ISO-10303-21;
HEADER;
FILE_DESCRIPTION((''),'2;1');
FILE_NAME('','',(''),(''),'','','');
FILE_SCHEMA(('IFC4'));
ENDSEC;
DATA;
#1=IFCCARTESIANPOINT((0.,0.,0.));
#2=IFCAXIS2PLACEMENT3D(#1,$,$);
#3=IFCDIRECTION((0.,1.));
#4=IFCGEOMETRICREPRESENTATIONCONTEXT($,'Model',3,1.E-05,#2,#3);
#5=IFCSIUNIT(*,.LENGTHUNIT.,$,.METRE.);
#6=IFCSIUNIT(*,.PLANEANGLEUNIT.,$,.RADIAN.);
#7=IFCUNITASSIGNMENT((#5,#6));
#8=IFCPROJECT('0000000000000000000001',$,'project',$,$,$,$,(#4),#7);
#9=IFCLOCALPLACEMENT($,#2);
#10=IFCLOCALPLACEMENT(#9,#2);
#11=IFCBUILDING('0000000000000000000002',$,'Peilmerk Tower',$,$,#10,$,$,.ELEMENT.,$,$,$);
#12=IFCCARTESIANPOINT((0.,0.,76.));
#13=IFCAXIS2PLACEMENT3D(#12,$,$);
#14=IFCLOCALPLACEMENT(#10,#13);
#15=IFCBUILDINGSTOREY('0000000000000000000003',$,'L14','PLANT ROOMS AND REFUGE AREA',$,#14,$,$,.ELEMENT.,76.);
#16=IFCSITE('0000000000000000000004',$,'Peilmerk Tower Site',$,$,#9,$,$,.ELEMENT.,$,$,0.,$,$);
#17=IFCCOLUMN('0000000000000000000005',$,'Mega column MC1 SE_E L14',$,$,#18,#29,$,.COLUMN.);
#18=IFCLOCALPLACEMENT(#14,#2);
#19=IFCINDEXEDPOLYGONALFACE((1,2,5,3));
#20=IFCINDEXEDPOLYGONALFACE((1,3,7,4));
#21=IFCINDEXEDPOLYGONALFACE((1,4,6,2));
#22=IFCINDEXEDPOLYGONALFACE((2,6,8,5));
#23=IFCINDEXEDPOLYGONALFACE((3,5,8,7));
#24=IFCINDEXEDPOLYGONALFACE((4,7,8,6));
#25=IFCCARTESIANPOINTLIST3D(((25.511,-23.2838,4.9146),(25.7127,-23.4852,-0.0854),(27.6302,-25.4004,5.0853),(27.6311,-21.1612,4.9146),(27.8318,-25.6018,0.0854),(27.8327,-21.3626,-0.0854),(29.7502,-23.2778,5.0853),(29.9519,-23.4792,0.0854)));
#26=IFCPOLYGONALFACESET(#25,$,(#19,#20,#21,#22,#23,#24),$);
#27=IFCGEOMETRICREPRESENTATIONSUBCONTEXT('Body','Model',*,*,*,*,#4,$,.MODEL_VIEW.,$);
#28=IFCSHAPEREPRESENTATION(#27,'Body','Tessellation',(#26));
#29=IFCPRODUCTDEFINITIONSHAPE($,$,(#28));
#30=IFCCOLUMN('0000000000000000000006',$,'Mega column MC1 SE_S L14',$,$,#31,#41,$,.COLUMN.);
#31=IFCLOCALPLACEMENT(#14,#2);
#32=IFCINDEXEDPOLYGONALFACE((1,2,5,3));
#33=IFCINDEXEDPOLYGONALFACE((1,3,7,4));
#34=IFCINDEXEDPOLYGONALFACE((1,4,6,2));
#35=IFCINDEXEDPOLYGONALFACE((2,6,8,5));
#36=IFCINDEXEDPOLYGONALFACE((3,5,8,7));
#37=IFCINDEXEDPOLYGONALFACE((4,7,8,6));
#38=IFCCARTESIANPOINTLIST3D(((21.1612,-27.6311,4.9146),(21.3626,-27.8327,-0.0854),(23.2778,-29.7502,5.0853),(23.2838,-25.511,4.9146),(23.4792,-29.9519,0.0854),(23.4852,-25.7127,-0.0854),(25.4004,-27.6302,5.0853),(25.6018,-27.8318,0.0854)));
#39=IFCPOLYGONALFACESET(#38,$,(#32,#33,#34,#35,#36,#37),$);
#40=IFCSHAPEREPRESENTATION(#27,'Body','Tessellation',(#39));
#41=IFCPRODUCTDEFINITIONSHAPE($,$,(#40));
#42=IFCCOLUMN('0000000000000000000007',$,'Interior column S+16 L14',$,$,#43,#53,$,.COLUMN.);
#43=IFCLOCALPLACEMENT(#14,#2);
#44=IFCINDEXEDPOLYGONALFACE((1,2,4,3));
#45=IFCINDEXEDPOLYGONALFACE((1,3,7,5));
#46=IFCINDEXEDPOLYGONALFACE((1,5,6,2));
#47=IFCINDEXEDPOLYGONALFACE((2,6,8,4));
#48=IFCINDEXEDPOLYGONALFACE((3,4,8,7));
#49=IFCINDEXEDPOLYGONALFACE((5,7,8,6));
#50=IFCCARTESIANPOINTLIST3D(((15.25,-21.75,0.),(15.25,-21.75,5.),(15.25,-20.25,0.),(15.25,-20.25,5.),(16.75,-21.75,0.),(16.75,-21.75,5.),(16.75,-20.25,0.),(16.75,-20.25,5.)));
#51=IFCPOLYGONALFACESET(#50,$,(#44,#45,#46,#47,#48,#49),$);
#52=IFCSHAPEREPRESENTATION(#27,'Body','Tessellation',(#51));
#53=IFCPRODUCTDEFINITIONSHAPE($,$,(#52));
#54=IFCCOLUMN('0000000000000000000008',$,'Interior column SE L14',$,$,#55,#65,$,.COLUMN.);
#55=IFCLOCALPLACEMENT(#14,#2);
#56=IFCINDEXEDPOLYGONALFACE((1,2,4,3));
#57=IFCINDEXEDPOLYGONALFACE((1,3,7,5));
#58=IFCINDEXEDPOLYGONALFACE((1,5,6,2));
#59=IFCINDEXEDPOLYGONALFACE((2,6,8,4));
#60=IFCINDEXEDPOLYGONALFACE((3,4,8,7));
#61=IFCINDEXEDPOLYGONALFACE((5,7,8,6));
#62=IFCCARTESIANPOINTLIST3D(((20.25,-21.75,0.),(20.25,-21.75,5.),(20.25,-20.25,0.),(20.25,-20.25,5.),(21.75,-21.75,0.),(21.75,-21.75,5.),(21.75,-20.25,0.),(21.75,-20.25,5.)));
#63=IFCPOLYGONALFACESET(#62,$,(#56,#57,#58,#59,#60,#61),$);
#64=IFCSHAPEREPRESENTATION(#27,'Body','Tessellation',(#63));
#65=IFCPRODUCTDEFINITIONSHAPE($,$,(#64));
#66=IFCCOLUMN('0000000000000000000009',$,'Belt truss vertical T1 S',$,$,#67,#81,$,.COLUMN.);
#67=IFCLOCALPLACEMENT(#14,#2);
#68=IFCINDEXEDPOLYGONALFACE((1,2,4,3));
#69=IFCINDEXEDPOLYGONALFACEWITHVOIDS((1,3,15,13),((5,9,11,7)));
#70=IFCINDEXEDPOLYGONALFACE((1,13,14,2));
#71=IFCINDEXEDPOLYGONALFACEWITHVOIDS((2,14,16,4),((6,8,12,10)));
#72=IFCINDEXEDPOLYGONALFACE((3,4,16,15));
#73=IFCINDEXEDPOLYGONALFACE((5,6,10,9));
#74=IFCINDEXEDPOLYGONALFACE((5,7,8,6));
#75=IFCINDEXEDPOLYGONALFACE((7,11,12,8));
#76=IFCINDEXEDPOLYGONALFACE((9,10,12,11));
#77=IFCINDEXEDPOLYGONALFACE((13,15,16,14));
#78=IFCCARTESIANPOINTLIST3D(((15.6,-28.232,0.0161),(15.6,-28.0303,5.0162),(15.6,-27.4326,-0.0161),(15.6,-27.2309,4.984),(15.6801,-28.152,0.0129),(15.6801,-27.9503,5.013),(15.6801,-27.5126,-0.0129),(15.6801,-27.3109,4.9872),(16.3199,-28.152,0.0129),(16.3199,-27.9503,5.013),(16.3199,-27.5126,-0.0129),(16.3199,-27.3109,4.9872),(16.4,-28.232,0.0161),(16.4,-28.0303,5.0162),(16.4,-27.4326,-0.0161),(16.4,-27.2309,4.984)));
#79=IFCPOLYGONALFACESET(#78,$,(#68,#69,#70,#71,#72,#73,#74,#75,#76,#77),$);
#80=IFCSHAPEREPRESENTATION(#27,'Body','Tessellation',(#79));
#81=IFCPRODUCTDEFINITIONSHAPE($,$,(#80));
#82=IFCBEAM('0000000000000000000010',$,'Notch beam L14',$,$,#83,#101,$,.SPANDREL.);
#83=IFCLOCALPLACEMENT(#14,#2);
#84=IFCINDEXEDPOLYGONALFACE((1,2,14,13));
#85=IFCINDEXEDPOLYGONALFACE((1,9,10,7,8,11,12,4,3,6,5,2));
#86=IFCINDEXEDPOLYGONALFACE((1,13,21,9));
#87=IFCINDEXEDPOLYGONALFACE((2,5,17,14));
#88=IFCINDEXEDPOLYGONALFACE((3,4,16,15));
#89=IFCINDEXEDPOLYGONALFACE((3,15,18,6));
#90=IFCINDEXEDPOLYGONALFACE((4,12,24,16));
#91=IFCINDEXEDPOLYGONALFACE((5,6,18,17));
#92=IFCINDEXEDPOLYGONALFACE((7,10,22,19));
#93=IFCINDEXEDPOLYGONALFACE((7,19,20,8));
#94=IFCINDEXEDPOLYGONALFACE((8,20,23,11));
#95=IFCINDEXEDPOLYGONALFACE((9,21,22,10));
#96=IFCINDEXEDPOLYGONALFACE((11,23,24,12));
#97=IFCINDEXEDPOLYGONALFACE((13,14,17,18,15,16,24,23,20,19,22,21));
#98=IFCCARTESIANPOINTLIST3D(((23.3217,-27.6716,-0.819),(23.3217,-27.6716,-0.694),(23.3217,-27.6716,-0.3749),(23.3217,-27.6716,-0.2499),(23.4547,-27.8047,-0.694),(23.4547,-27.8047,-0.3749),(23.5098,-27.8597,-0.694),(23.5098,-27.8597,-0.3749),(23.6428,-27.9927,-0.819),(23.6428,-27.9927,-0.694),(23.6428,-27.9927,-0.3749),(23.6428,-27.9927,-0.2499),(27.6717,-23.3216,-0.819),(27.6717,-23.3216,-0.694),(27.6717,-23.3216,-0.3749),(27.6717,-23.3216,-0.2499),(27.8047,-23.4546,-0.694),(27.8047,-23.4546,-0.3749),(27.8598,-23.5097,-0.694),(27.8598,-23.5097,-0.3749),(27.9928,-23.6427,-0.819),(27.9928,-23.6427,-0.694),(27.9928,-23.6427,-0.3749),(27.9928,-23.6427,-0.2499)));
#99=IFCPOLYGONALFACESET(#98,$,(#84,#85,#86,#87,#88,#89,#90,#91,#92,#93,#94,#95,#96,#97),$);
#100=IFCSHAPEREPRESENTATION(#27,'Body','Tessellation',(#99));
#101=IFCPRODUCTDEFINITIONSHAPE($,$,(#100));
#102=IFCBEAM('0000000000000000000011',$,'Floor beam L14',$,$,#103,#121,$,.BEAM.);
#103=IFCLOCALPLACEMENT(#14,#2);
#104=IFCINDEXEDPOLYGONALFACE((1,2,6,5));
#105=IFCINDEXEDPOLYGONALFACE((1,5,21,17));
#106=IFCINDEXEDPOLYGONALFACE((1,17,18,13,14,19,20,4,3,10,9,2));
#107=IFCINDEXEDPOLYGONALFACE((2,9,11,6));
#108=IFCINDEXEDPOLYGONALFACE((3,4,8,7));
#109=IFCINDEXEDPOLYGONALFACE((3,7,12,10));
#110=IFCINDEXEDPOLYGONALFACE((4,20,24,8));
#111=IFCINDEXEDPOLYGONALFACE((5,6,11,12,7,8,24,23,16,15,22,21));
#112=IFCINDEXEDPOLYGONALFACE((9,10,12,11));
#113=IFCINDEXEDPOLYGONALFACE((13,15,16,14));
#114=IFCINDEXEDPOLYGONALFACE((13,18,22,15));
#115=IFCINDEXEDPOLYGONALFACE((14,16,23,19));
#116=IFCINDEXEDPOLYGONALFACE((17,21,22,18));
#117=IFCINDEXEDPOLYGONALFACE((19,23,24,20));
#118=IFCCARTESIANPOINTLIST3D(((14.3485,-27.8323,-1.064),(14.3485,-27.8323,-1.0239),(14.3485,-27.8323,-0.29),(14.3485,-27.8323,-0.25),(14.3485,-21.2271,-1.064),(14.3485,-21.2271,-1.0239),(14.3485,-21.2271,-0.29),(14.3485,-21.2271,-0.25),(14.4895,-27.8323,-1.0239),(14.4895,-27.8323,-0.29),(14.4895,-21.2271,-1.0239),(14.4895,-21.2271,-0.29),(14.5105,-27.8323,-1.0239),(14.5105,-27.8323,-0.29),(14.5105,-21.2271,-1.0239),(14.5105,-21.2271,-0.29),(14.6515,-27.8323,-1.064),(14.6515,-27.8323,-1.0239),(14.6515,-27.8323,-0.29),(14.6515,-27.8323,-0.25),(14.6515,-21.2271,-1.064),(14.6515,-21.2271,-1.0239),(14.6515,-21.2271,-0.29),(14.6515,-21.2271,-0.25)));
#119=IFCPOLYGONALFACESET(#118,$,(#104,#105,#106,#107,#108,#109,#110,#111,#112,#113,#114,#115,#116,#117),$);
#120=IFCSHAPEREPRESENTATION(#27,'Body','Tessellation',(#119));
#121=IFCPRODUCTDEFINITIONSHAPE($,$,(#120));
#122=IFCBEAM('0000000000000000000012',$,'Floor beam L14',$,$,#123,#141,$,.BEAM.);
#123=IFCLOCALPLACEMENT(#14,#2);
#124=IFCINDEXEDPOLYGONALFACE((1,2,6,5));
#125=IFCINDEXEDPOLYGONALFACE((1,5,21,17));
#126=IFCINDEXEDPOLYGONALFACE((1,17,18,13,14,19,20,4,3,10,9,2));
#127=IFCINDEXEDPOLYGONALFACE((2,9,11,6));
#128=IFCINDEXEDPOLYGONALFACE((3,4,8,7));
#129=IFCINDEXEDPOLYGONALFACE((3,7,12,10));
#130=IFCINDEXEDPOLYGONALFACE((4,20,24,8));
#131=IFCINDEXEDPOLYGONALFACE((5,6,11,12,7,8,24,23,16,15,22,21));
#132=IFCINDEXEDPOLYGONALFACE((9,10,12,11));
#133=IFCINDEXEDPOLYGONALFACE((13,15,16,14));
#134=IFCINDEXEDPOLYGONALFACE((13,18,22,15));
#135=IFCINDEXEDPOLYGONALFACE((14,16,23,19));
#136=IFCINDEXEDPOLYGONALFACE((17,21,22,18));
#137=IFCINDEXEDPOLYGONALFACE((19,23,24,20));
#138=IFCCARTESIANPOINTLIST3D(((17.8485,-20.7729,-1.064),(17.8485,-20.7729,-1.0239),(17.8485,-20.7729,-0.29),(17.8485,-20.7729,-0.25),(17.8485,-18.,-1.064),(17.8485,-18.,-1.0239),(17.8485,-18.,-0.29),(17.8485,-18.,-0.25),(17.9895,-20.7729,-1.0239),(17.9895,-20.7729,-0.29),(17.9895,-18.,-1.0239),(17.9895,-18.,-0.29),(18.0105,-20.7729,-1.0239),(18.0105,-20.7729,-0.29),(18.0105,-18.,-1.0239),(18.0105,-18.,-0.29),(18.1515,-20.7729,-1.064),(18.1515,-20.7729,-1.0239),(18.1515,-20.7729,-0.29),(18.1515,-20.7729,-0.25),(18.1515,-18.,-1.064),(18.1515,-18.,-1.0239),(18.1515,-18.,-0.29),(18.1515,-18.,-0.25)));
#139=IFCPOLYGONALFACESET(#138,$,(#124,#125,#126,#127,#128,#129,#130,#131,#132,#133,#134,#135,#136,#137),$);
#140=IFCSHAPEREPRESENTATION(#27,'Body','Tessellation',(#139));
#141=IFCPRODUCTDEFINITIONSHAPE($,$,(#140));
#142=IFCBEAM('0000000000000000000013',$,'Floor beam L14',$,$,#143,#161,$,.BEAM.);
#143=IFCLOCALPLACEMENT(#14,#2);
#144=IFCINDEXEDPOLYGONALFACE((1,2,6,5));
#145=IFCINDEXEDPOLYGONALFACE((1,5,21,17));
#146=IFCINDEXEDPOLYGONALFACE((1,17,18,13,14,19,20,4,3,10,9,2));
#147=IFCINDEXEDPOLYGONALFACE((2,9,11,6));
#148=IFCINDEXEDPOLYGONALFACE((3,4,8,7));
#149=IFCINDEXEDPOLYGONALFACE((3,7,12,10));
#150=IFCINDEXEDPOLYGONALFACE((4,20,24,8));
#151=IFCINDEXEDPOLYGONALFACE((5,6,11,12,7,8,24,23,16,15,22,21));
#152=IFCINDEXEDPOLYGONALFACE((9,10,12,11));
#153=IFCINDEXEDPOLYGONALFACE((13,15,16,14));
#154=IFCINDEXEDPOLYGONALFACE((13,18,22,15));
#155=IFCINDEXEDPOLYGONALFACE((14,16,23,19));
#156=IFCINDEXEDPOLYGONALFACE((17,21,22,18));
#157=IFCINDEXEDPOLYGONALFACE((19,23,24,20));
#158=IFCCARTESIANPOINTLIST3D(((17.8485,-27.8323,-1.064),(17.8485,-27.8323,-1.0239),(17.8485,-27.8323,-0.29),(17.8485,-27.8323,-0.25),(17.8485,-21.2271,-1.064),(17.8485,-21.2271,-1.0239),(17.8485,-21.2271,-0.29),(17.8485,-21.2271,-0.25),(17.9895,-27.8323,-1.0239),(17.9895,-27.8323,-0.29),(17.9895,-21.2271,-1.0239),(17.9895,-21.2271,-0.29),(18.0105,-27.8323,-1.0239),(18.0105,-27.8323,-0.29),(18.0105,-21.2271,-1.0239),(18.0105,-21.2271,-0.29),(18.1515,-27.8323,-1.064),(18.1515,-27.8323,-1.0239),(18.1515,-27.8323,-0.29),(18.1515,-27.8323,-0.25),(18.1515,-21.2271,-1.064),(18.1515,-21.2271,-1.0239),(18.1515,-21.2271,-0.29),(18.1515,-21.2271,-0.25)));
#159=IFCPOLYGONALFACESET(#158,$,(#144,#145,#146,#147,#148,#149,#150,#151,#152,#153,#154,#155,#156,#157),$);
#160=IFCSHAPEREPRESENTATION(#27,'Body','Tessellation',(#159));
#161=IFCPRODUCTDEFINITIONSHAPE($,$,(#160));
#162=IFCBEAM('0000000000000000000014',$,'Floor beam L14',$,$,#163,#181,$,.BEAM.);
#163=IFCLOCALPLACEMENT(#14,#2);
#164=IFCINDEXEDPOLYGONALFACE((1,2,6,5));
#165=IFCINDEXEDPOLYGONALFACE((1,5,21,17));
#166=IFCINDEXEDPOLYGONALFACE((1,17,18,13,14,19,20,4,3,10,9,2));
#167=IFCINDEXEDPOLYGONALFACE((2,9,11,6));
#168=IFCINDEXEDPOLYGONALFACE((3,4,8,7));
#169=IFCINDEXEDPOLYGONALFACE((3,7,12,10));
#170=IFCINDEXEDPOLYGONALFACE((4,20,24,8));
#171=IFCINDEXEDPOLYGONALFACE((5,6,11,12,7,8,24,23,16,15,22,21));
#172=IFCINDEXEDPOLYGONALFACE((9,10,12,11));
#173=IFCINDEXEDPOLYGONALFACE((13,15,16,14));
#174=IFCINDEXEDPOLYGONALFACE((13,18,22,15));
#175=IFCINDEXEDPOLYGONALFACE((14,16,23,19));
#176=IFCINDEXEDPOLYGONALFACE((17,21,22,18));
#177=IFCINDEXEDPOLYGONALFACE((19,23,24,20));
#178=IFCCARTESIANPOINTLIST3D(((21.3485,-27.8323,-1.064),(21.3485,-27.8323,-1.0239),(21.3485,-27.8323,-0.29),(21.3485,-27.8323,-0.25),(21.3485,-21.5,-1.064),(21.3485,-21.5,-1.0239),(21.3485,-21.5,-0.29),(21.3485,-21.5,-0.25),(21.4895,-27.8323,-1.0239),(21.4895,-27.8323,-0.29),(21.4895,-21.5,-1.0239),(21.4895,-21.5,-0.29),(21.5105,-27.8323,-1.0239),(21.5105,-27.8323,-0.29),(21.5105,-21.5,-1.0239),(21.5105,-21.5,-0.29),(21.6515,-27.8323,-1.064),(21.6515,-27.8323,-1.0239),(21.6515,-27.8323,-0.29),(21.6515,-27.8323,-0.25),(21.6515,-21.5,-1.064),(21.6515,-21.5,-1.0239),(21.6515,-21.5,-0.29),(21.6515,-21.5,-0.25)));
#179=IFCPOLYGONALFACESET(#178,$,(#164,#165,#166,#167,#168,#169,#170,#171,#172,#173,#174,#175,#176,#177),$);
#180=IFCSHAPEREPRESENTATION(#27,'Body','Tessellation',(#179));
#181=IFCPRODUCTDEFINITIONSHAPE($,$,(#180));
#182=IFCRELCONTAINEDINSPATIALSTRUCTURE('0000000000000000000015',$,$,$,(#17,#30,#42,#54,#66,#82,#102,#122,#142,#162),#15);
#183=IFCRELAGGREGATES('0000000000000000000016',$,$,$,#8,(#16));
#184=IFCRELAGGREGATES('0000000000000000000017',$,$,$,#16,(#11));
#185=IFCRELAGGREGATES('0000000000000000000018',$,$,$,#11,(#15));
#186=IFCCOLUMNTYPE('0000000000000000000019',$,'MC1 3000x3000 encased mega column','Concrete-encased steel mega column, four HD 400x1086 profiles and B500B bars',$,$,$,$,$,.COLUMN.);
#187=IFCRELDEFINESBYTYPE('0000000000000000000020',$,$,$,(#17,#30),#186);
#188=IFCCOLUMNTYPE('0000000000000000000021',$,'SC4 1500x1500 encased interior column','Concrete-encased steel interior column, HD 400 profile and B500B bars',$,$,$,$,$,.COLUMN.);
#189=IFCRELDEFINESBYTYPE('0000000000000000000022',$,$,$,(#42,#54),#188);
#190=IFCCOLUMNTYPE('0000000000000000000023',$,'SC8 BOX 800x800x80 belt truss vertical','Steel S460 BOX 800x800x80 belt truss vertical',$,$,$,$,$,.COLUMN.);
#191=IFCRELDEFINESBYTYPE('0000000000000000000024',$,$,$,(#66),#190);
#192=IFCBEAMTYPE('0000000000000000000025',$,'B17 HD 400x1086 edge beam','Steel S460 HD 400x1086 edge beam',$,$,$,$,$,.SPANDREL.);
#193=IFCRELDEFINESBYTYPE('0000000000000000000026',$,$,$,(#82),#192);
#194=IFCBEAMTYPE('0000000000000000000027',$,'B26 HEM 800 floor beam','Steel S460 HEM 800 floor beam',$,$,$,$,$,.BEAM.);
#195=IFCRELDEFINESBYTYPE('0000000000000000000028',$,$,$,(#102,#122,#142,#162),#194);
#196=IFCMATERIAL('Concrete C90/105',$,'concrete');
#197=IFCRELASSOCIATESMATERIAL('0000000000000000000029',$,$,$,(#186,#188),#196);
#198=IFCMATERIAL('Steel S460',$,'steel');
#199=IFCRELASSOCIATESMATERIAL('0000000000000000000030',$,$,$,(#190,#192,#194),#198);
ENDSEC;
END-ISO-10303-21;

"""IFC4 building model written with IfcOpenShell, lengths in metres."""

from ifc_helpers import new_model, si_unit, direction, frame, origin, origin_2d, place, context, subcontext, project, spatial, rectangle, hollow_rectangle, i_section, extrude, material, material_profile, profile_set, type_object, element, save


model = new_model("IFC4")

# Units and contexts
model_context = context("Model", 3, precision=1e-05, world=origin(), true_north=direction((0.0, 1.0)))
body_context = subcontext(model_context, "Body", "Model", "MODEL_VIEW")
ifc_project = project(units=[si_unit("LENGTHUNIT", "METRE"), si_unit("PLANEANGLEUNIT", "RADIAN")], contexts=[model_context])

# Site, building, storey
site_placement = place(None, origin())
site = spatial("IfcSite", under=ifc_project, at=site_placement, Name="Peilmerk Tower Site", CompositionType="ELEMENT", RefElevation=0.0)
building_placement = place(site_placement, origin())
building = spatial("IfcBuilding", under=site, at=building_placement, Name="Peilmerk Tower", CompositionType="ELEMENT")
storey_placement = place(building_placement, frame((0.0, 0.0, 76.0)))
storey = spatial("IfcBuildingStorey", under=building, at=storey_placement, Name="L14", Description="PLANT ROOMS AND REFUGE AREA", CompositionType="ELEMENT", Elevation=76.0)

# Columns
ifc_material_1 = material(Name="Concrete C90/105", Category="concrete")
ifc_material_profile_1 = material_profile(ifc_material_1, rectangle(XDim=3.0, YDim=3.0, at=origin_2d()), Name="RC 3000x3000")
ifc_profile_set_1 = profile_set([ifc_material_profile_1], Name="Concrete C90/105")
column_type_1 = type_object("IfcColumnType", Name="MC1 3000x3000 encased mega column", Description="Concrete-encased steel mega column, four HD 400x1086 profiles and B500B bars", PredefinedType="COLUMN", material=ifc_profile_set_1)
for number, where, z_axis, x_axis, name in (
    (1, (27.8323, -23.4822, 0.0), (-0.040267, 0.040218, 0.998379), (-0.706678, -0.707535, 0.0), "Mega column MC1 SE_E L14"),
    (2, (23.4822, -27.8323, 0.0), (-0.040218, 0.040267, 0.998379), (-0.707535, -0.706678, 0.0), "Mega column MC1 SE_S L14"),
):
    element("IfcColumn", number, at=place(storey_placement, frame(where, z_axis=z_axis, x_axis=x_axis)), inside=storey, type_object=column_type_1, Name=name, PredefinedType="COLUMN", context=body_context, shape_type="SweptSolid", body=[
        extrude(rectangle(XDim=3.0, YDim=3.0, at=origin_2d()), origin(), (0.0, 0.0, 1.0), 5.0081),
    ])
ifc_material_profile_2 = material_profile(ifc_material_1, rectangle(XDim=1.5, YDim=1.5, at=origin_2d()), Name="RC 1500x1500")
ifc_profile_set_2 = profile_set([ifc_material_profile_2], Name="Concrete C90/105")
column_type_2 = type_object("IfcColumnType", Name="SC4 1500x1500 encased interior column", Description="Concrete-encased steel interior column, HD 400 profile and B500B bars", PredefinedType="COLUMN", material=ifc_profile_set_2)
for number, where, z_axis, x_axis, name in (
    (3, (16.0, -21.0, 0.0), (0.0, 0.0, 1.0), (1.0, 0.0, 0.0), "Interior column S+16 L14"),
    (4, (21.0, -21.0, 0.0), (0.0, 0.0, 1.0), (1.0, 0.0, 0.0), "Interior column SE L14"),
):
    element("IfcColumn", number, at=place(storey_placement, frame(where, z_axis=z_axis, x_axis=x_axis)), inside=storey, type_object=column_type_2, Name=name, PredefinedType="COLUMN", context=body_context, shape_type="SweptSolid", body=[
        extrude(rectangle(XDim=1.5, YDim=1.5, at=origin_2d()), origin(), (0.0, 0.0, 1.0), 5.0),
    ])
ifc_material_2 = material(Name="Steel S460", Category="steel")
ifc_material_profile_3 = material_profile(ifc_material_2, hollow_rectangle(XDim=0.8, YDim=0.8, WallThickness=0.0801, at=origin_2d()), Name="BOX 800x800x80")
ifc_profile_set_3 = profile_set([ifc_material_profile_3], Name="Steel S460")
column_type_3 = type_object("IfcColumnType", Name="SC8 BOX 800x800x80 belt truss vertical", Description="Steel S460 BOX 800x800x80 belt truss vertical", PredefinedType="COLUMN", material=ifc_profile_set_3)
column_placement = place(storey_placement, frame((16.0, -27.8323, 0.0), z_axis=(0.0, 0.040299, 0.999188), x_axis=(-1.0, 0.0, 0.0)))
element("IfcColumn", 5, at=column_placement, inside=storey, type_object=column_type_3, Name="Belt truss vertical T1 S", PredefinedType="COLUMN", context=body_context, shape_type="SweptSolid", body=[
    extrude(hollow_rectangle(XDim=0.8, YDim=0.8, WallThickness=0.0801, at=origin_2d()), origin(), (0.0, 0.0, 1.0), 5.0042),
])

# Beams
ifc_material_profile_4 = material_profile(ifc_material_2, i_section(OverallWidth=0.4541, OverallDepth=0.5691, WebThickness=0.0779, FlangeThickness=0.125, at=origin_2d()), Name="HD 400x1086")
ifc_profile_set_4 = profile_set([ifc_material_profile_4], Name="Steel S460")
beam_type_1 = type_object("IfcBeamType", Name="B17 HD 400x1086 edge beam", Description="Steel S460 HD 400x1086 edge beam", PredefinedType="SPANDREL", material=ifc_profile_set_4)
beam_1_placement = place(storey_placement, frame((27.8323, -23.4822, -0.5344), z_axis=(-0.707107, -0.707107, 0.0), x_axis=(0.707107, -0.707107, 0.0)))
element("IfcBeam", 6, at=beam_1_placement, inside=storey, type_object=beam_type_1, Name="Notch beam L14", PredefinedType="SPANDREL", context=body_context, shape_type="SweptSolid", body=[
    extrude(i_section(OverallWidth=0.4541, OverallDepth=0.5691, WebThickness=0.0779, FlangeThickness=0.125, at=origin_2d()), origin(), (0.0, 0.0, 1.0), 6.1519),
])
ifc_material_profile_5 = material_profile(ifc_material_2, i_section(OverallWidth=0.303, OverallDepth=0.814, WebThickness=0.021, FlangeThickness=0.04, at=origin_2d()), Name="HEM 800")
ifc_profile_set_5 = profile_set([ifc_material_profile_5], Name="Steel S460")
beam_type_2 = type_object("IfcBeamType", Name="B26 HEM 800 floor beam", Description="Steel S460 HEM 800 floor beam", PredefinedType="BEAM", material=ifc_profile_set_5)
beam_2_placement = place(storey_placement, frame((14.5, -21.2271, -0.657), z_axis=(0.0, -1.0, 0.0), x_axis=(1.0, 0.0, 0.0)))
element("IfcBeam", 7, at=beam_2_placement, inside=storey, type_object=beam_type_2, Name="Floor beam L14", PredefinedType="BEAM", context=body_context, shape_type="SweptSolid", body=[
    extrude(i_section(OverallWidth=0.303, OverallDepth=0.814, WebThickness=0.021, FlangeThickness=0.04, at=origin_2d()), origin(), (0.0, 0.0, 1.0), 6.6052),
])
beam_3_placement = place(storey_placement, frame((18.0, -18.0, -0.657), z_axis=(0.0, -1.0, 0.0), x_axis=(1.0, 0.0, 0.0)))
element("IfcBeam", 8, at=beam_3_placement, inside=storey, type_object=beam_type_2, Name="Floor beam L14", PredefinedType="BEAM", context=body_context, shape_type="SweptSolid", body=[
    extrude(i_section(OverallWidth=0.303, OverallDepth=0.814, WebThickness=0.021, FlangeThickness=0.04, at=origin_2d()), origin(), (0.0, 0.0, 1.0), 2.7729),
])
beam_4_placement = place(storey_placement, frame((18.0, -21.2271, -0.657), z_axis=(0.0, -1.0, 0.0), x_axis=(1.0, 0.0, 0.0)))
element("IfcBeam", 9, at=beam_4_placement, inside=storey, type_object=beam_type_2, Name="Floor beam L14", PredefinedType="BEAM", context=body_context, shape_type="SweptSolid", body=[
    extrude(i_section(OverallWidth=0.303, OverallDepth=0.814, WebThickness=0.021, FlangeThickness=0.04, at=origin_2d()), origin(), (0.0, 0.0, 1.0), 6.6052),
])
for number, where, z_axis, x_axis, name in (
    (10, (21.5, -21.5, -0.657), (0.0, -1.0, 0.0), (1.0, 0.0, 0.0), "Floor beam L14"),
):
    element("IfcBeam", number, at=place(storey_placement, frame(where, z_axis=z_axis, x_axis=x_axis)), inside=storey, type_object=beam_type_2, Name=name, PredefinedType="BEAM", context=body_context, shape_type="SweptSolid", body=[
        extrude(i_section(OverallWidth=0.303, OverallDepth=0.814, WebThickness=0.021, FlangeThickness=0.04, at=origin_2d()), origin(), (0.0, 0.0, 1.0), 6.3323),
    ])

save(model, "model.ifc")
